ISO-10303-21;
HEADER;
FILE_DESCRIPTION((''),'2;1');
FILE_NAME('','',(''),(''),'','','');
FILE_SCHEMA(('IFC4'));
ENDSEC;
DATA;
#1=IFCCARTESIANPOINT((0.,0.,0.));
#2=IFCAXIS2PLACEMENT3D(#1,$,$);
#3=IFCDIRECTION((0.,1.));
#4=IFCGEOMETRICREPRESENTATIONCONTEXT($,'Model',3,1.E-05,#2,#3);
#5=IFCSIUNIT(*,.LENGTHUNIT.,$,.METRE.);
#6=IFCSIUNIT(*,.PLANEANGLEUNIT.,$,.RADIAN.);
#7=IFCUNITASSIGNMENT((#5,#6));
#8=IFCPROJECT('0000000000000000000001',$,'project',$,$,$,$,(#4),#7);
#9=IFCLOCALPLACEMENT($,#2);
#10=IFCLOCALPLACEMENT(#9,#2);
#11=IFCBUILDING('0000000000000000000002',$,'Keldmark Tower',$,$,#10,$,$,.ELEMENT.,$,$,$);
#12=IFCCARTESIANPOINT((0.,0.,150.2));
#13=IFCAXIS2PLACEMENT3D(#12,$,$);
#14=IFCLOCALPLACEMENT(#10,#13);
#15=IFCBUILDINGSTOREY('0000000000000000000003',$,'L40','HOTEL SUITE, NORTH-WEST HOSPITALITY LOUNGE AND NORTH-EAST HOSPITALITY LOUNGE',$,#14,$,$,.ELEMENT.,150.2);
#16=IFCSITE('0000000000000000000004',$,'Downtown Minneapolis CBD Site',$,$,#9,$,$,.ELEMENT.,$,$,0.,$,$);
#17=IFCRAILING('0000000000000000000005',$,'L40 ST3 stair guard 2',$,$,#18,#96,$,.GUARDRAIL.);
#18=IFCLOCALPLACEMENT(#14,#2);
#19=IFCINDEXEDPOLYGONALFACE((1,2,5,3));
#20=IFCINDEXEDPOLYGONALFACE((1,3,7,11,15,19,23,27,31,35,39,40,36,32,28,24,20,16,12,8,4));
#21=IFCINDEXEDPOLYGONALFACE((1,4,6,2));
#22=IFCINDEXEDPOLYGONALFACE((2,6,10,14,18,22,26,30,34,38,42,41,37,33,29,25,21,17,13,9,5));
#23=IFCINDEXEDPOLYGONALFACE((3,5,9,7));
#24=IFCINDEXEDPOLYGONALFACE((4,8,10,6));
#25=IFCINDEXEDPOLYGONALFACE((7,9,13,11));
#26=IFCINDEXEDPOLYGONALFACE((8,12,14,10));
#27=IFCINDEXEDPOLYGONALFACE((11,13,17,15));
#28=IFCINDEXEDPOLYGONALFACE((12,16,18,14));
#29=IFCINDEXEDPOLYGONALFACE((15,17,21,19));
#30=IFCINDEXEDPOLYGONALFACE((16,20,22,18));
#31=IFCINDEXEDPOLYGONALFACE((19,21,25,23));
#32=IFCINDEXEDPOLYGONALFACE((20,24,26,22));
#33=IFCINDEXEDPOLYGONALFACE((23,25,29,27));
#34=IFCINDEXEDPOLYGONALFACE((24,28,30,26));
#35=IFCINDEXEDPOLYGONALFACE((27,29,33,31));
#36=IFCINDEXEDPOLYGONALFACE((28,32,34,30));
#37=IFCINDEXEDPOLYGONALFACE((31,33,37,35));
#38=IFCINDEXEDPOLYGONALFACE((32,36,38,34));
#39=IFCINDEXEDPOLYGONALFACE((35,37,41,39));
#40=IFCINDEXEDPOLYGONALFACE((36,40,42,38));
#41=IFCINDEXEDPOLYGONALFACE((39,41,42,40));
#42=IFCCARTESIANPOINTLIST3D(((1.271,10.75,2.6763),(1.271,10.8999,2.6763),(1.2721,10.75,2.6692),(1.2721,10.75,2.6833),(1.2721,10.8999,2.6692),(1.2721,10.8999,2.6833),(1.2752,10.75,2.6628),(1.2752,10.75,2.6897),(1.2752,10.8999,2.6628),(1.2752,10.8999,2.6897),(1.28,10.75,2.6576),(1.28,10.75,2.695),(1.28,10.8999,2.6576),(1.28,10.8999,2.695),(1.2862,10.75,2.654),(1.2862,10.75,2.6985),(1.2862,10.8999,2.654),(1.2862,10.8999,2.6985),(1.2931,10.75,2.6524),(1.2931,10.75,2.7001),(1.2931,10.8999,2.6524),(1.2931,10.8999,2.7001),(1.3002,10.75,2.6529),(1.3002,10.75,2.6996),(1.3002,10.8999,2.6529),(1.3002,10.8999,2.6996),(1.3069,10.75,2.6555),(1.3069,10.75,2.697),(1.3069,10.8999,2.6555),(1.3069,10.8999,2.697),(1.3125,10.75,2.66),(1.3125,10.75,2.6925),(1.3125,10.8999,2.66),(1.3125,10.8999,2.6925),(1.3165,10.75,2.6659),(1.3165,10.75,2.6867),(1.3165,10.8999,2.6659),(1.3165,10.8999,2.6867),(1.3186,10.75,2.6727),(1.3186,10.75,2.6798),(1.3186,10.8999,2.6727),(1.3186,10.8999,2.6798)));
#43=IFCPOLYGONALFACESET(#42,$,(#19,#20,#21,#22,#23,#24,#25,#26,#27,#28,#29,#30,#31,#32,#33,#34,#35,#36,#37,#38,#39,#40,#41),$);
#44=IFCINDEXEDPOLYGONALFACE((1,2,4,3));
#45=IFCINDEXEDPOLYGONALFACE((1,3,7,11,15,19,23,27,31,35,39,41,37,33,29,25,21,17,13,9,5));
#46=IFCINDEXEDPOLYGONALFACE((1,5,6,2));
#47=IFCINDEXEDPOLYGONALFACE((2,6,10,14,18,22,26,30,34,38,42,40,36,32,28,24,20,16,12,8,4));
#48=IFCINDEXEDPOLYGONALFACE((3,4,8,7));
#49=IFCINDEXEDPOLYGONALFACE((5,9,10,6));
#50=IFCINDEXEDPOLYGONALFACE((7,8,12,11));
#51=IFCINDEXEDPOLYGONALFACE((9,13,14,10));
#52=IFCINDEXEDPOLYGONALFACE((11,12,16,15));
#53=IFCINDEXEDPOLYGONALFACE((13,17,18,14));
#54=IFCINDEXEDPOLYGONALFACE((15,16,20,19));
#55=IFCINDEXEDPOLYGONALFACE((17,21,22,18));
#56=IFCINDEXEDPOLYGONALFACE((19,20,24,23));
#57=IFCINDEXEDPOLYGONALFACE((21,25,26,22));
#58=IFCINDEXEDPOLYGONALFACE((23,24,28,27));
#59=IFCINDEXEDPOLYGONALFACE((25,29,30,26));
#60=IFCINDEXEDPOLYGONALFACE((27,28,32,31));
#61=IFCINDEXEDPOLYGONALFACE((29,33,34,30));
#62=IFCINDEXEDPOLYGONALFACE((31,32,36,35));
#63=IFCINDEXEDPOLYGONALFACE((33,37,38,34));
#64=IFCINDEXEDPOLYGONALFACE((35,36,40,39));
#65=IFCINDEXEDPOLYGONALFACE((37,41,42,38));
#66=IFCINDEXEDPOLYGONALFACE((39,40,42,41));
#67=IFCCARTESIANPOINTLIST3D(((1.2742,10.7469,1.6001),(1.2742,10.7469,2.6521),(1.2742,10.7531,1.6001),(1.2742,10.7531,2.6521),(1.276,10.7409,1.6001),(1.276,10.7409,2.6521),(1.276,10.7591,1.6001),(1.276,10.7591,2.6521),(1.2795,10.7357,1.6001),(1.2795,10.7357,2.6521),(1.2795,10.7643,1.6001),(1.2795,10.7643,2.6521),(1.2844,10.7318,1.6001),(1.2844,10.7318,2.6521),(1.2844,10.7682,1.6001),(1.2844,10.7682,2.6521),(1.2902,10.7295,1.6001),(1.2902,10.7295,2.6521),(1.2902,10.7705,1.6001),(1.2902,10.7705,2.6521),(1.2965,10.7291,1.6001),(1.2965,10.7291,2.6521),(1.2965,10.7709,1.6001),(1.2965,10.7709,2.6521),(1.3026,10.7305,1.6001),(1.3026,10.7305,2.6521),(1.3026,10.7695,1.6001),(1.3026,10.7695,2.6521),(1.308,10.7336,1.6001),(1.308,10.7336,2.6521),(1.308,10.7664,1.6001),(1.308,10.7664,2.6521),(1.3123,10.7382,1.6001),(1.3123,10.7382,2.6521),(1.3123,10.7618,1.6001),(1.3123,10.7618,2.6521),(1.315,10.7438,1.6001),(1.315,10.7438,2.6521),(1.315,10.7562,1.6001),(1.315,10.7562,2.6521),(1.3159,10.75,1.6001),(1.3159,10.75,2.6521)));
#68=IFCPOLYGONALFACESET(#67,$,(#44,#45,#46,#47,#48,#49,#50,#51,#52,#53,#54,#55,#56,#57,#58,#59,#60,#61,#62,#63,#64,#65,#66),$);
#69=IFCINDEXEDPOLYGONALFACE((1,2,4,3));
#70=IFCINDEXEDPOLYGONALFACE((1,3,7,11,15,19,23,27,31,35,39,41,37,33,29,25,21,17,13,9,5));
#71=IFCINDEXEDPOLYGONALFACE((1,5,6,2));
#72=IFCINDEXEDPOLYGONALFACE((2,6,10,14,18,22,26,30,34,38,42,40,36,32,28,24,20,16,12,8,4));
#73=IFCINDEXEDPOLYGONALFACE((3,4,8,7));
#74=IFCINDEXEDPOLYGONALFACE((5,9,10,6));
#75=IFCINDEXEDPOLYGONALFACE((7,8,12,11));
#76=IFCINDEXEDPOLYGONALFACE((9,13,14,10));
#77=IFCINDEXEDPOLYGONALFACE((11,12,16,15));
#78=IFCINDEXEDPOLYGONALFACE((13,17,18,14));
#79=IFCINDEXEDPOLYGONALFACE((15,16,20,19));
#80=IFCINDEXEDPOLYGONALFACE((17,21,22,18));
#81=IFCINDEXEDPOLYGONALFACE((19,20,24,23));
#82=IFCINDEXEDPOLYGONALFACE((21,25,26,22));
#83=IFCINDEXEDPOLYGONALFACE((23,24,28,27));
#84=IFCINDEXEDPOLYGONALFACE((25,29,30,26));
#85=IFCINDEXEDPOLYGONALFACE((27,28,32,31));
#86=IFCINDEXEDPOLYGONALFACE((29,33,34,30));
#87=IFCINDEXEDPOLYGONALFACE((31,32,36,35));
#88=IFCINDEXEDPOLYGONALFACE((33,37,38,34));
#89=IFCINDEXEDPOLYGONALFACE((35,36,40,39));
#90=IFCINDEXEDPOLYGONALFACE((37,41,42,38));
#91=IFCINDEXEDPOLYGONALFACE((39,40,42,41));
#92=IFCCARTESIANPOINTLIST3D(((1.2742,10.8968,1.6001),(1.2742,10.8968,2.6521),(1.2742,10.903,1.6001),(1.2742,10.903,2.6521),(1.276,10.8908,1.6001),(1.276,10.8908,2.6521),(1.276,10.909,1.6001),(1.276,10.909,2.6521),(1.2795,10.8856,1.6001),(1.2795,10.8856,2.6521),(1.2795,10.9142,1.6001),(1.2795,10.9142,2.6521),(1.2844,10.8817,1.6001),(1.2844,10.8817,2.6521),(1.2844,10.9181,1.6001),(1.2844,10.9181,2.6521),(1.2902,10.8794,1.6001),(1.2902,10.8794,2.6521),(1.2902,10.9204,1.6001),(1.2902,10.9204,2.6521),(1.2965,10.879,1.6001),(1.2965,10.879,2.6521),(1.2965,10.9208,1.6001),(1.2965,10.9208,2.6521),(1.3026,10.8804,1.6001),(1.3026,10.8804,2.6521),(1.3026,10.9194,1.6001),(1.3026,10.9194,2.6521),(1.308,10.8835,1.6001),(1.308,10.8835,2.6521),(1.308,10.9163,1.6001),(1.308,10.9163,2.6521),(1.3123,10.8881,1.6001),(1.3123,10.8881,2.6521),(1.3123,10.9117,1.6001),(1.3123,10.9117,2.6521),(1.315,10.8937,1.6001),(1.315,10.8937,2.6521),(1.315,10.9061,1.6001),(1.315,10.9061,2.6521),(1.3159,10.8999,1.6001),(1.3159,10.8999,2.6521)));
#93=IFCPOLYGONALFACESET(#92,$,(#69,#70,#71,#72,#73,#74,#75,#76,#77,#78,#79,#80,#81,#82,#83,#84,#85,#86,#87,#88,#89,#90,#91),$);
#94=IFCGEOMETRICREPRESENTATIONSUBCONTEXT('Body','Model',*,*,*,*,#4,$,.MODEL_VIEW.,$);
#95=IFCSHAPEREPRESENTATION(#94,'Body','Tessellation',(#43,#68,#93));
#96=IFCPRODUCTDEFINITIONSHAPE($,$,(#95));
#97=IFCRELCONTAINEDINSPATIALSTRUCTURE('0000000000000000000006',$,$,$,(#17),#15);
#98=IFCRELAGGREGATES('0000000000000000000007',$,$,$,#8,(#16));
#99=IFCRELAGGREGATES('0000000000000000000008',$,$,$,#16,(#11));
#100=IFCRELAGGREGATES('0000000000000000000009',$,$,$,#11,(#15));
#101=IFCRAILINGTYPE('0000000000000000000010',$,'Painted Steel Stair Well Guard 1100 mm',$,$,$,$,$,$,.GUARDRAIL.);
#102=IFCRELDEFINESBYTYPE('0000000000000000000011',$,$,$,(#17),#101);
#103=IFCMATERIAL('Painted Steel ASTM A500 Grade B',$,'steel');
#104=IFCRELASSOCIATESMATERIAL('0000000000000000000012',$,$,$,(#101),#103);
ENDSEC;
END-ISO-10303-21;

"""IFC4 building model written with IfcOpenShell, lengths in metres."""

from ifc_helpers import new_model, si_unit, direction, frame, origin, origin_2d, place, context, subcontext, project, spatial, circle, extrude, material, type_object, element, save


model = new_model("IFC4")

# Units and contexts
model_context = context("Model", 3, precision=1e-05, world=origin(), true_north=direction((0.0, 1.0)))
body_context = subcontext(model_context, "Body", "Model", "MODEL_VIEW")
ifc_project = project(units=[si_unit("LENGTHUNIT", "METRE"), si_unit("PLANEANGLEUNIT", "RADIAN")], contexts=[model_context])

# Site, building, storey
site_placement = place(None, origin())
site = spatial("IfcSite", under=ifc_project, at=site_placement, Name="Downtown Minneapolis CBD Site", CompositionType="ELEMENT", RefElevation=0.0)
building_placement = place(site_placement, origin())
building = spatial("IfcBuilding", under=site, at=building_placement, Name="Keldmark Tower", CompositionType="ELEMENT")
storey_placement = place(building_placement, frame((0.0, 0.0, 150.2)))
storey = spatial("IfcBuildingStorey", under=building, at=storey_placement, Name="L40", Description="HOTEL SUITE, NORTH-WEST HOSPITALITY LOUNGE AND NORTH-EAST HOSPITALITY LOUNGE", CompositionType="ELEMENT", Elevation=150.2)

# Railing
ifc_material_1 = material(Name="Painted Steel ASTM A500 Grade B", Category="steel")
railing_type_1 = type_object("IfcRailingType", Name="Painted Steel Stair Well Guard 1100 mm", PredefinedType="GUARDRAIL", material=ifc_material_1)
railing_1_placement = place(storey_placement, frame((1.2949, 10.75, 1.6001)))
element("IfcRailing", 1, at=railing_1_placement, inside=storey, type_object=railing_type_1, Name="L40 ST3 stair guard 2", PredefinedType="GUARDRAIL", context=body_context, shape_type="SweptSolid", body=[
    extrude(circle(Radius=0.0239, at=origin_2d()), frame((0.0, 0.0, 1.0762), z_axis=(0.0, 1.0, 0.0), x_axis=(-1.0, 0.0, 0.0)), (0.0, 0.0, 1.0), 0.1499),
    extrude(circle(Radius=0.021, at=origin_2d()), origin(), (0.0, 0.0, 1.0), 1.052),
    extrude(circle(Radius=0.021, at=origin_2d()), frame((0.0, 0.1499, 0.0)), (0.0, 0.0, 1.0), 1.052),
])

save(model, "model.ifc")
